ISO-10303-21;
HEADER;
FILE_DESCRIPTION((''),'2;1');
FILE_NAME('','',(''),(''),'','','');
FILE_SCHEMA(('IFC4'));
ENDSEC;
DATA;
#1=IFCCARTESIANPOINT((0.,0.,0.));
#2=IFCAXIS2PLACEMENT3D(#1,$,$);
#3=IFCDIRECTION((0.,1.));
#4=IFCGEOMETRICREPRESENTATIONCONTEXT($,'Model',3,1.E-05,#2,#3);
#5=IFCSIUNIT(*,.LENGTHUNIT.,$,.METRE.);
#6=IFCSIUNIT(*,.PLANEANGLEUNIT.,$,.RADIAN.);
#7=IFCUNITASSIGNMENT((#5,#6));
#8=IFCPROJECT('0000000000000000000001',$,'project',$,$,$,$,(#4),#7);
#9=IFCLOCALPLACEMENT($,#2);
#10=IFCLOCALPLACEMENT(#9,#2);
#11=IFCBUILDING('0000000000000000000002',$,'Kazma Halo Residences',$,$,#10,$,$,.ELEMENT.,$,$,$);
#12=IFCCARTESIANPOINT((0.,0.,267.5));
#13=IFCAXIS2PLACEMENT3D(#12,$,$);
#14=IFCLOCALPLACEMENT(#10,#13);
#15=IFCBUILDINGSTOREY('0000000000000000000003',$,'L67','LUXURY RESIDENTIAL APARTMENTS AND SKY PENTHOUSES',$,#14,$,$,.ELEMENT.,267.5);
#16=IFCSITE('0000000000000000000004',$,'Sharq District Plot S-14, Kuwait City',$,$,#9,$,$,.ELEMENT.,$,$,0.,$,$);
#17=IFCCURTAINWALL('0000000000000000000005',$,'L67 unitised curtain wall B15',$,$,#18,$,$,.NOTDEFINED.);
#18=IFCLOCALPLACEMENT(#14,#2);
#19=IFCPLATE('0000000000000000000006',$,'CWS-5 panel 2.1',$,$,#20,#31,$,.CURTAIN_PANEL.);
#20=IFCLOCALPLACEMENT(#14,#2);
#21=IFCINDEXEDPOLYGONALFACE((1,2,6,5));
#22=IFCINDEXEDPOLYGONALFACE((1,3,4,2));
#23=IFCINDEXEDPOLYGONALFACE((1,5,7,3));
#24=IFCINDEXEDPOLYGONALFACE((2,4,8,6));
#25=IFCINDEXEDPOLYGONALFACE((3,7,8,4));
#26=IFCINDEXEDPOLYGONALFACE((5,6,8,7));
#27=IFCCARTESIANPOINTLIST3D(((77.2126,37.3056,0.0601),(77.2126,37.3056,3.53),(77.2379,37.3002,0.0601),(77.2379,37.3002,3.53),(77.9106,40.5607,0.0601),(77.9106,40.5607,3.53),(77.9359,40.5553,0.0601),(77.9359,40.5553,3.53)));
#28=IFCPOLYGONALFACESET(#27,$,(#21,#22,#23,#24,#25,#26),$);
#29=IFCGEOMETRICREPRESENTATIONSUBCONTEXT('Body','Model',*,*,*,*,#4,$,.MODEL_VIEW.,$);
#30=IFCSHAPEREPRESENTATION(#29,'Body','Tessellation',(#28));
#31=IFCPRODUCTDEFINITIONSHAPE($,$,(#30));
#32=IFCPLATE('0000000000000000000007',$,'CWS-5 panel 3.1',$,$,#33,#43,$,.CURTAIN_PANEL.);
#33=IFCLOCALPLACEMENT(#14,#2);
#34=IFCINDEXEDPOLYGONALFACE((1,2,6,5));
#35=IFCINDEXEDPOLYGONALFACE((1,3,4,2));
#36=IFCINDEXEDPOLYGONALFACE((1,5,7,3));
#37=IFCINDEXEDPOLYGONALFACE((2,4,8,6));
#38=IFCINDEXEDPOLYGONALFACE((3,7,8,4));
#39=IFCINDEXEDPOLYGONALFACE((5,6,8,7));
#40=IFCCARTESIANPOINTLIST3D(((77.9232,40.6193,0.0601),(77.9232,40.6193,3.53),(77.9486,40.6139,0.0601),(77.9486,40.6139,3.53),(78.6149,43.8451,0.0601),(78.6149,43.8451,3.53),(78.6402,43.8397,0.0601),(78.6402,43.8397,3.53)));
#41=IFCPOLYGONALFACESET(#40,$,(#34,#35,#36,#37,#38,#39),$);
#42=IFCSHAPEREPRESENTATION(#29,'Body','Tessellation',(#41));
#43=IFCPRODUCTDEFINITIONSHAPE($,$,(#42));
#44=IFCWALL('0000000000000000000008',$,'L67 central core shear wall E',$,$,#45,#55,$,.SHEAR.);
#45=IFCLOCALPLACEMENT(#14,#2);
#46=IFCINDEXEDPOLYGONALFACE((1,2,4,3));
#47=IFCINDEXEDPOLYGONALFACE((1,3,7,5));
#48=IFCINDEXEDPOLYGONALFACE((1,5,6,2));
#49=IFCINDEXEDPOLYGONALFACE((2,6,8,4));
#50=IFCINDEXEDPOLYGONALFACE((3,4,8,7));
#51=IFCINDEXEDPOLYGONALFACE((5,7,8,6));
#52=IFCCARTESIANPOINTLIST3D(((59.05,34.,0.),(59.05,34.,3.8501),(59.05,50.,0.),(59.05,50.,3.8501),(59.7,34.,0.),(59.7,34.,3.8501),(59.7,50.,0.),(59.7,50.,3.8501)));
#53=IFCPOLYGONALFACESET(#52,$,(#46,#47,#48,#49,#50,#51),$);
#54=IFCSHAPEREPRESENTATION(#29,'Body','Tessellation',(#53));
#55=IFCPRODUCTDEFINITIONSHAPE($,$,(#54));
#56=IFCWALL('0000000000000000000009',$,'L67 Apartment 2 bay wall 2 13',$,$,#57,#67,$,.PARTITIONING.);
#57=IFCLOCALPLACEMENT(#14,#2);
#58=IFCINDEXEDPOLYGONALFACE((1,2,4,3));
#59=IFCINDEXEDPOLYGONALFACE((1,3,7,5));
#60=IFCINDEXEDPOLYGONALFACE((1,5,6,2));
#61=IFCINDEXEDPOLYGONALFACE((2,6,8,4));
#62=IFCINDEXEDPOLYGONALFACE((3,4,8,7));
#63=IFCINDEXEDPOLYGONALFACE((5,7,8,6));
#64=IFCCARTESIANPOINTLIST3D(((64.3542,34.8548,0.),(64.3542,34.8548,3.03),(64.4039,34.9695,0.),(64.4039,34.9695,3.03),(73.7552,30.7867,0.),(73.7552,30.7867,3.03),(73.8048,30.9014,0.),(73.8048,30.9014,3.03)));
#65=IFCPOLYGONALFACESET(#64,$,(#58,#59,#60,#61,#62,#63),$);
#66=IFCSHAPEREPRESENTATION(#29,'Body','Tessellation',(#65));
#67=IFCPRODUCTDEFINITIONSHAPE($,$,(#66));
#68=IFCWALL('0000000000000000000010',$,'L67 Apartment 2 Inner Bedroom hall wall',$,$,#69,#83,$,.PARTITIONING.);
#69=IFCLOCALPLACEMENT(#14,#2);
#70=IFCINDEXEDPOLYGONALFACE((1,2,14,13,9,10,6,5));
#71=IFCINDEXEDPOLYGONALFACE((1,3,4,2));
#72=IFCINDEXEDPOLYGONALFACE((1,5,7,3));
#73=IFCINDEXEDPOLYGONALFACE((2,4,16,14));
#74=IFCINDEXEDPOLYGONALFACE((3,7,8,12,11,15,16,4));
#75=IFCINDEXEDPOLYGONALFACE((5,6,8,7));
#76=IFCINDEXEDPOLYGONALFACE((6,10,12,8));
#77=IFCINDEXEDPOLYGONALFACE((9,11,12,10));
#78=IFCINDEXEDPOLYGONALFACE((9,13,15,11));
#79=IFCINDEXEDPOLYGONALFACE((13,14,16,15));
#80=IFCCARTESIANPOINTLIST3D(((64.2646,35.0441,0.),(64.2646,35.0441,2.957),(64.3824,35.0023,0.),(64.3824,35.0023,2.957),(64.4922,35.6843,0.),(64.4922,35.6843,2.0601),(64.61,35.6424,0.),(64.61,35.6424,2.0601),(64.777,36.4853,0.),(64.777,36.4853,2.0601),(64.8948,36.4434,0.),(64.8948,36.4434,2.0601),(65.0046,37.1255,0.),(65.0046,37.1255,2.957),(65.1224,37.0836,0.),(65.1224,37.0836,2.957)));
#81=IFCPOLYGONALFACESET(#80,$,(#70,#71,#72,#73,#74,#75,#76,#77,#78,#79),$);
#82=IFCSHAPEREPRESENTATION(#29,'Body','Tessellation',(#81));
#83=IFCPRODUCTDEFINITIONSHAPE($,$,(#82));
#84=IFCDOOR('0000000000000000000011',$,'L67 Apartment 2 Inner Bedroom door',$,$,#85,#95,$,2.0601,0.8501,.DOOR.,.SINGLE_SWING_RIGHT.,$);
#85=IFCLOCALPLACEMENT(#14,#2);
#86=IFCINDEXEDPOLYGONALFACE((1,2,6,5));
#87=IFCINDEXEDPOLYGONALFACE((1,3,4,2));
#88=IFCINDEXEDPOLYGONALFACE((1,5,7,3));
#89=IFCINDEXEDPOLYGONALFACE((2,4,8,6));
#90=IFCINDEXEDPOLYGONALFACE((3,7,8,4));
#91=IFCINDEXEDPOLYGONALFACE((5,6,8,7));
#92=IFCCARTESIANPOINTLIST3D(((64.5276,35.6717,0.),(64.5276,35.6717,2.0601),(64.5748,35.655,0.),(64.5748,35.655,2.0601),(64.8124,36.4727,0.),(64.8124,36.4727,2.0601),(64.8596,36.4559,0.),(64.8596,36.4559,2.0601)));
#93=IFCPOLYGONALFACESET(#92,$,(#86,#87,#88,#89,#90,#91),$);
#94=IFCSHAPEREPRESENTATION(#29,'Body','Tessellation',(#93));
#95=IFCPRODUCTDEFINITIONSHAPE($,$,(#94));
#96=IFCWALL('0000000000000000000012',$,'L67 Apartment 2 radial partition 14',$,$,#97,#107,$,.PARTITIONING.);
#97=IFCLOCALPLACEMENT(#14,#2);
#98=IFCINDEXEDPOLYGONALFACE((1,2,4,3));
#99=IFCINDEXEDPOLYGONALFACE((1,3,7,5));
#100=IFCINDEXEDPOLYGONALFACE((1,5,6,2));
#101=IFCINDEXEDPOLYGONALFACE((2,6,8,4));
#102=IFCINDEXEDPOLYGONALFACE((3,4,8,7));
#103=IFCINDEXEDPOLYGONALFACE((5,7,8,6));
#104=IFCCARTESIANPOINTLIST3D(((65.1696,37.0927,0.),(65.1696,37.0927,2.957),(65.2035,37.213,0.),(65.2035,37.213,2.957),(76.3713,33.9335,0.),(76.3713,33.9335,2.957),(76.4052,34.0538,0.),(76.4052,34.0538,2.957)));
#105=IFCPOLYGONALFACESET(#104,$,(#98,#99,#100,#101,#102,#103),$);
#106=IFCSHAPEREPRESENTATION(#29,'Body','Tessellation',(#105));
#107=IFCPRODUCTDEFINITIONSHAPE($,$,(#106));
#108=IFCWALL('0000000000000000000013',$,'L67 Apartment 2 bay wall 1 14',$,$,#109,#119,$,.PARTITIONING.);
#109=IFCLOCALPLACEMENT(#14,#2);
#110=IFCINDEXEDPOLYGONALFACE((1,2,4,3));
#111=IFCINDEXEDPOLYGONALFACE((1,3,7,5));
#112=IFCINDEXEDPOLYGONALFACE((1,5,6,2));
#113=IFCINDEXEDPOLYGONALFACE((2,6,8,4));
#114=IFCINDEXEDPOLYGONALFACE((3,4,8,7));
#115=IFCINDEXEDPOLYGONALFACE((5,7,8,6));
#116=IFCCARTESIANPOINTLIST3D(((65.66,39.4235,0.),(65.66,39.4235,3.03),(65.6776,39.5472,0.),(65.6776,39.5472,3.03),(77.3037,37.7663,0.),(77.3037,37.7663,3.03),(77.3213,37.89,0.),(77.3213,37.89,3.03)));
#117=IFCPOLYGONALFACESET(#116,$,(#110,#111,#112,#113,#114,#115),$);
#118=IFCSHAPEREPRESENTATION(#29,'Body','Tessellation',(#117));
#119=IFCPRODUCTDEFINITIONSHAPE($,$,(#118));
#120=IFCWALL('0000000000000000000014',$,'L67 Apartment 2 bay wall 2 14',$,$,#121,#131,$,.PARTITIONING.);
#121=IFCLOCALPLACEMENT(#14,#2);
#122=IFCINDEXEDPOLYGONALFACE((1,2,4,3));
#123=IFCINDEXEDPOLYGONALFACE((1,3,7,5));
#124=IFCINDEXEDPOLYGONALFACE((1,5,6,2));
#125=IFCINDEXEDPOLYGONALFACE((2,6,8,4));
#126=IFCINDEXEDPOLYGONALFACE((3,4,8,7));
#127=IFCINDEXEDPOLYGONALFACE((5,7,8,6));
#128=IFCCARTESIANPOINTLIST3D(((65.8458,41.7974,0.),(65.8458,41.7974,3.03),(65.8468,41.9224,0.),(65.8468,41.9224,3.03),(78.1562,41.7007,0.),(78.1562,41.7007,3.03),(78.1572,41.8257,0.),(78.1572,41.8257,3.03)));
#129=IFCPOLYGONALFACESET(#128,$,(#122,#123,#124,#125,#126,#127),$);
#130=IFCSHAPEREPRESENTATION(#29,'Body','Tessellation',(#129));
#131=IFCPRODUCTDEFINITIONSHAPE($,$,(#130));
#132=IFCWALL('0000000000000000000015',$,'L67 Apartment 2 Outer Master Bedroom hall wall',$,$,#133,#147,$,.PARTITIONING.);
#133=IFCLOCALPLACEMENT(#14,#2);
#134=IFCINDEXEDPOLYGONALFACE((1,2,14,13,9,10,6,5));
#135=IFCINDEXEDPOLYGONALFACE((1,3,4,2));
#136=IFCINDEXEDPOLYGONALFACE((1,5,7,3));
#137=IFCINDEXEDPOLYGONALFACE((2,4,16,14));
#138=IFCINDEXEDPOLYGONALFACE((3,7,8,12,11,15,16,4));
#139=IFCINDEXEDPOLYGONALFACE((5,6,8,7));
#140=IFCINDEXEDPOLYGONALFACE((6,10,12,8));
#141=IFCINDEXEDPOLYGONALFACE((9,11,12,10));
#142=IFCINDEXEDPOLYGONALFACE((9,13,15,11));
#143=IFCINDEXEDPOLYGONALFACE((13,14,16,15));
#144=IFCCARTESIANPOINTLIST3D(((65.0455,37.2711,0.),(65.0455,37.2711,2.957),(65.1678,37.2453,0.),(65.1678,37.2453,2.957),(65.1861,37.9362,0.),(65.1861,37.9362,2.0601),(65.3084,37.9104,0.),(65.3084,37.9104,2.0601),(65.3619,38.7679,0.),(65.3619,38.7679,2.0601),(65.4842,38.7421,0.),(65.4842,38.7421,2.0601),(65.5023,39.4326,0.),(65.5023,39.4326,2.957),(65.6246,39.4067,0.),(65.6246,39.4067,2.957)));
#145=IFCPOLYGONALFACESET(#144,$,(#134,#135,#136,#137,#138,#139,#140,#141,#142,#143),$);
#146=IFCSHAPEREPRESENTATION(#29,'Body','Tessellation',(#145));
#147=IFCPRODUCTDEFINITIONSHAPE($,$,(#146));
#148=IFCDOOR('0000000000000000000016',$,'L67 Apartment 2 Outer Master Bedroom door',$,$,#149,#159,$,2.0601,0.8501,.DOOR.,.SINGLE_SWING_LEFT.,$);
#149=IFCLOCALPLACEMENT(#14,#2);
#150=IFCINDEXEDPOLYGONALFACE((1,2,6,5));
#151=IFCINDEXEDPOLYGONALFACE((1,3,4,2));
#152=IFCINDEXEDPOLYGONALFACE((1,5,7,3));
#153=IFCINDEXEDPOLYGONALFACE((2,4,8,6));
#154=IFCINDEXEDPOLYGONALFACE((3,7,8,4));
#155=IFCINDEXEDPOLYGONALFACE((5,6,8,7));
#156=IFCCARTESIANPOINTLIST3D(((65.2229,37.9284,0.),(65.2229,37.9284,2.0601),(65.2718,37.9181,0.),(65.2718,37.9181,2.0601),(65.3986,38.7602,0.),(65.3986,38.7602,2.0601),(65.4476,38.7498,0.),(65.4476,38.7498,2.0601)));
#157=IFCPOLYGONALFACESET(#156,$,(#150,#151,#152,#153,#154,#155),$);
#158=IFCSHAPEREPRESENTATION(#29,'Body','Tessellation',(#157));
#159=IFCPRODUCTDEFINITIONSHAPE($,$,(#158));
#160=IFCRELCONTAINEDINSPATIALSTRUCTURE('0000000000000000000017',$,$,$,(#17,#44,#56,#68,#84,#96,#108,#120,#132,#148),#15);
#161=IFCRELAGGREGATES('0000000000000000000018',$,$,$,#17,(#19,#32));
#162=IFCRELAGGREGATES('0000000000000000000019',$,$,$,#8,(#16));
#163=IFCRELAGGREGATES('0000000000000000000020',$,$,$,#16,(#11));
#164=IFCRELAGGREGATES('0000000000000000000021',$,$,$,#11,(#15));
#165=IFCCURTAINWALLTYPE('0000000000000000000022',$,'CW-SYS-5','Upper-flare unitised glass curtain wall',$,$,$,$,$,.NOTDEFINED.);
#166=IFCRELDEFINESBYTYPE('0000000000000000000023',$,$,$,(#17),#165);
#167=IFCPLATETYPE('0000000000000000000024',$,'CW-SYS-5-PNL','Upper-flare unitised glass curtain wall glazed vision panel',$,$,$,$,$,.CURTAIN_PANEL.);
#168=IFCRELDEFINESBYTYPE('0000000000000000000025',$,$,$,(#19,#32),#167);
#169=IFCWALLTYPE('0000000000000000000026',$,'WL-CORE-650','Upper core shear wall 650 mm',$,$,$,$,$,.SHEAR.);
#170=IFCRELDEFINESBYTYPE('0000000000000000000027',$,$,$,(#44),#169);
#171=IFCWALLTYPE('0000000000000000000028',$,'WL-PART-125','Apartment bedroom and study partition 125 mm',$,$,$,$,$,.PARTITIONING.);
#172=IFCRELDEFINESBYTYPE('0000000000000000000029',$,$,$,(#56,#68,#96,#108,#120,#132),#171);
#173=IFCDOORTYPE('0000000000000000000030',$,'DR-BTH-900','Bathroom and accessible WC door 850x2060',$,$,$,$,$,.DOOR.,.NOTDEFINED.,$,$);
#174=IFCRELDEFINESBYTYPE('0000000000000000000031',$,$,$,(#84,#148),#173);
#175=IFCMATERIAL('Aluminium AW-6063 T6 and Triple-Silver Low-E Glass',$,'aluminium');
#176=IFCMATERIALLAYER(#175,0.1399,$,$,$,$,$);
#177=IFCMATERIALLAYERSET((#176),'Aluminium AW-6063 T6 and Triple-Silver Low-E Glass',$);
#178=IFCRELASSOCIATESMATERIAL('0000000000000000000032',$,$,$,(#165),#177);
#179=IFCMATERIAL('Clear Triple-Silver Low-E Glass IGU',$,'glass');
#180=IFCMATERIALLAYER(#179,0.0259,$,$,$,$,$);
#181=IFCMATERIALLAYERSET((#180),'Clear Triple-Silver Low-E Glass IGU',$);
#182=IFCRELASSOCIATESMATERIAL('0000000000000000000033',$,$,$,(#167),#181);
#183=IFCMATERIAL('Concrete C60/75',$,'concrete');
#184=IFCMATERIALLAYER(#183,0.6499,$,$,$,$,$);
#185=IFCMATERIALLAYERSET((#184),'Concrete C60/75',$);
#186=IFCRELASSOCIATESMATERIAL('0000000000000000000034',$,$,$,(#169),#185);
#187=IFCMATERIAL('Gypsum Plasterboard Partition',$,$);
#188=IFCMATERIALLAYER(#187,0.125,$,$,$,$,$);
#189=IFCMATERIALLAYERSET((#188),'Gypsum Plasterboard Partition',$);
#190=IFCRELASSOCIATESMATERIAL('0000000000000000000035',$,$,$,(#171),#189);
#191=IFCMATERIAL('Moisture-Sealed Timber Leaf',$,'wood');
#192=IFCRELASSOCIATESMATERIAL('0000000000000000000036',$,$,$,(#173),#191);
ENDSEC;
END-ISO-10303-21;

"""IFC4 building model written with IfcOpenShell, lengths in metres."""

from ifc_helpers import new_model, si_unit, direction, frame, frame_2d, origin, origin_2d, place, context, subcontext, project, spatial, rectangle, extrude, material, layer, layer_set, type_object, element, fill, aggregate, save


model = new_model("IFC4")

# Units and contexts
model_context = context("Model", 3, precision=1e-05, world=origin(), true_north=direction((0.0, 1.0)))
body_context = subcontext(model_context, "Body", "Model", "MODEL_VIEW")
ifc_project = project(units=[si_unit("LENGTHUNIT", "METRE"), si_unit("PLANEANGLEUNIT", "RADIAN")], contexts=[model_context])

# Site, building, storey
site_placement = place(None, origin())
site = spatial("IfcSite", under=ifc_project, at=site_placement, Name="Sharq District Plot S-14, Kuwait City", CompositionType="ELEMENT", RefElevation=0.0)
building_placement = place(site_placement, origin())
building = spatial("IfcBuilding", under=site, at=building_placement, Name="Kazma Halo Residences", CompositionType="ELEMENT")
storey_placement = place(building_placement, frame((0.0, 0.0, 267.5)))
storey = spatial("IfcBuildingStorey", under=building, at=storey_placement, Name="L67", Description="LUXURY RESIDENTIAL APARTMENTS AND SKY PENTHOUSES", CompositionType="ELEMENT", Elevation=267.5)

# Shared definitions
ifc_material_1 = material(Name="Concrete C60/75", Category="concrete")

# Curtain wall, plates
ifc_material_2 = material(Name="Aluminium AW-6063 T6 and Triple-Silver Low-E Glass", Category="aluminium")
ifc_layer_1 = layer(ifc_material_2, 0.1399)
ifc_layer_set_1 = layer_set([ifc_layer_1], Name="Aluminium AW-6063 T6 and Triple-Silver Low-E Glass")
curtain_wall_type = type_object("IfcCurtainWallType", Name="CW-SYS-5", Description="Upper-flare unitised glass curtain wall", PredefinedType="NOTDEFINED", material=ifc_layer_set_1)
curtain_wall_placement = place(storey_placement, origin())
curtain_wall = element("IfcCurtainWall", 1, at=curtain_wall_placement, inside=storey, type_object=curtain_wall_type, Name="L67 unitised curtain wall B15", PredefinedType="NOTDEFINED")
ifc_material_3 = material(Name="Clear Triple-Silver Low-E Glass IGU", Category="glass")
ifc_layer_2 = layer(ifc_material_3, 0.0259)
ifc_layer_set_2 = layer_set([ifc_layer_2], Name="Clear Triple-Silver Low-E Glass IGU")
plate_type = type_object("IfcPlateType", Name="CW-SYS-5-PNL", Description="Upper-flare unitised glass curtain wall glazed vision panel", PredefinedType="CURTAIN_PANEL", material=ifc_layer_set_2)
plate_1_placement = place(storey_placement, frame((77.5742, 38.9304, 0.0601), z_axis=(0.0, 0.0, 1.0), x_axis=(0.209657, 0.977775, 0.0)))
plate_1 = element("IfcPlate", 2, at=plate_1_placement, type_object=plate_type, Name="CWS-5 panel 2.1", PredefinedType="CURTAIN_PANEL", context=body_context, shape_type="SweptSolid", body=[
    extrude(rectangle(XDim=3.3291, YDim=0.0259, at=origin_2d()), origin(), (0.0, 0.0, 1.0), 3.47),
])
plate_2_placement = place(storey_placement, frame((78.2817, 42.2295, 0.0601), z_axis=(0.0, 0.0, 1.0), x_axis=(0.209657, 0.977775, 0.0)))
plate_2 = element("IfcPlate", 3, at=plate_2_placement, type_object=plate_type, Name="CWS-5 panel 3.1", PredefinedType="CURTAIN_PANEL", context=body_context, shape_type="SweptSolid", body=[
    extrude(rectangle(XDim=3.2991, YDim=0.0259, at=origin_2d()), origin(), (0.0, 0.0, 1.0), 3.47),
])
aggregate(curtain_wall, [plate_1, plate_2])

# Walls
ifc_layer_3 = layer(ifc_material_1, 0.6499)
ifc_layer_set_3 = layer_set([ifc_layer_3], Name="Concrete C60/75")
wall_type_1 = type_object("IfcWallType", Name="WL-CORE-650", Description="Upper core shear wall 650 mm", PredefinedType="SHEAR", material=ifc_layer_set_3)
wall_1_placement = place(storey_placement, frame((59.375, 34.0, 0.0), z_axis=(0.0, 0.0, 1.0), x_axis=(0.0, 1.0, 0.0)))
element("IfcWall", 4, at=wall_1_placement, inside=storey, type_object=wall_type_1, Name="L67 central core shear wall E", PredefinedType="SHEAR", context=body_context, shape_type="SweptSolid", body=[
    extrude(rectangle(XDim=16.0, YDim=0.6499, at=frame_2d((8.0, 0.0))), origin(), (0.0, 0.0, 1.0), 3.8501),
])
ifc_material_4 = material(Name="Gypsum Plasterboard Partition")
ifc_layer_4 = layer(ifc_material_4, 0.125)
ifc_layer_set_4 = layer_set([ifc_layer_4], Name="Gypsum Plasterboard Partition")
wall_type_2 = type_object("IfcWallType", Name="WL-PART-125", Description="Apartment bedroom and study partition 125 mm", PredefinedType="PARTITIONING", material=ifc_layer_set_4)
wall_2_placement = place(storey_placement, frame((64.3792, 34.9121, 0.0), z_axis=(0.0, 0.0, 1.0), x_axis=(0.917755, -0.397147, 0.0)))
element("IfcWall", 5, at=wall_2_placement, inside=storey, type_object=wall_type_2, Name="L67 Apartment 2 bay wall 2 13", PredefinedType="PARTITIONING", context=body_context, shape_type="SweptSolid", body=[
    extrude(rectangle(XDim=10.2434, YDim=0.125, at=frame_2d((5.1216, 0.0))), origin(), (0.0, 0.0, 1.0), 3.03),
])

# Wall, opening, door
wall_3_placement = place(storey_placement, frame((64.3235, 35.0232, 0.0), z_axis=(0.0, 0.0, 1.0), x_axis=(0.334999, 0.942219, 0.0)))
wall_3 = element("IfcWall", 6, at=wall_3_placement, inside=storey, type_object=wall_type_2, Name="L67 Apartment 2 Inner Bedroom hall wall", PredefinedType="PARTITIONING", context=body_context, shape_type="SweptSolid", body=[
    extrude(rectangle(XDim=2.209, YDim=0.125, at=frame_2d((1.1045, 0.0))), origin(), (0.0, 0.0, 1.0), 2.957),
])
opening_1_placement = place(wall_3_placement, frame((0.6794, 0.0, 0.0)))
opening_1 = element("IfcOpeningElement", 7, at=opening_1_placement, cuts=wall_3, PredefinedType="OPENING", context=body_context, shape_type="SweptSolid", body=[
    extrude(rectangle(XDim=0.8501, YDim=2.0601, at=frame_2d((0.425, 1.03))), frame((0.0, 0.0725, 0.0), z_axis=(0.0, -1.0, 0.0), x_axis=(1.0, 0.0, 0.0)), (0.0, 0.0, 1.0), 0.145),
])
ifc_material_5 = material(Name="Moisture-Sealed Timber Leaf", Category="wood")
door_type = type_object("IfcDoorType", Name="DR-BTH-900", Description="Bathroom and accessible WC door 850x2060", OperationType="NOTDEFINED", PredefinedType="DOOR", material=ifc_material_5)
door_1_placement = place(opening_1_placement, origin())
door_1 = element("IfcDoor", 8, at=door_1_placement, inside=storey, type_object=door_type, Name="L67 Apartment 2 Inner Bedroom door", OperationType="SINGLE_SWING_RIGHT", OverallHeight=2.0601, OverallWidth=0.8501, PredefinedType="DOOR", context=body_context, shape_type="SweptSolid", body=[
    extrude(rectangle(XDim=0.8501, YDim=2.0601, at=frame_2d((0.425, 1.03))), frame((0.0, 0.0249, 0.0), z_axis=(0.0, -1.0, 0.0), x_axis=(1.0, 0.0, 0.0)), (0.0, 0.0, 1.0), 0.05),
])
fill(opening_1, door_1)

# Walls
wall_4_placement = place(storey_placement, frame((65.1865, 37.1528, 0.0), z_axis=(0.0, 0.0, 1.0), x_axis=(0.962456, -0.271439, 0.0)))
element("IfcWall", 9, at=wall_4_placement, inside=storey, type_object=wall_type_2, Name="L67 Apartment 2 radial partition 14", PredefinedType="PARTITIONING", context=body_context, shape_type="SweptSolid", body=[
    extrude(rectangle(XDim=11.6387, YDim=0.125, at=frame_2d((5.8193, 0.0))), origin(), (0.0, 0.0, 1.0), 2.957),
])
wall_5_placement = place(storey_placement, frame((65.6689, 39.4854, 0.0), z_axis=(0.0, 0.0, 1.0), x_axis=(0.990022, -0.14091, 0.0)))
element("IfcWall", 10, at=wall_5_placement, inside=storey, type_object=wall_type_2, Name="L67 Apartment 2 bay wall 1 14", PredefinedType="PARTITIONING", context=body_context, shape_type="SweptSolid", body=[
    extrude(rectangle(XDim=11.761, YDim=0.125, at=frame_2d((5.8804, 0.0))), origin(), (0.0, 0.0, 1.0), 3.03),
])
wall_6_placement = place(storey_placement, frame((65.8464, 41.8599, 0.0), z_axis=(0.0, 0.0, 1.0), x_axis=(0.999969, -0.007853, 0.0)))
element("IfcWall", 11, at=wall_6_placement, inside=storey, type_object=wall_type_2, Name="L67 Apartment 2 bay wall 2 14", PredefinedType="PARTITIONING", context=body_context, shape_type="SweptSolid", body=[
    extrude(rectangle(XDim=12.3108, YDim=0.125, at=frame_2d((6.1553, 0.0))), origin(), (0.0, 0.0, 1.0), 3.03),
])

# Wall, opening, door
wall_7_placement = place(storey_placement, frame((65.1067, 37.2583, 0.0), z_axis=(0.0, 0.0, 1.0), x_axis=(0.206773, 0.978389, 0.0)))
wall_7 = element("IfcWall", 12, at=wall_7_placement, inside=storey, type_object=wall_type_2, Name="L67 Apartment 2 Outer Master Bedroom hall wall", PredefinedType="PARTITIONING", context=body_context, shape_type="SweptSolid", body=[
    extrude(rectangle(XDim=2.2092, YDim=0.125, at=frame_2d((1.1045, 0.0))), origin(), (0.0, 0.0, 1.0), 2.957),
])
opening_2_placement = place(wall_7_placement, frame((0.6797, 0.0, 0.0)))
opening_2 = element("IfcOpeningElement", 13, at=opening_2_placement, cuts=wall_7, PredefinedType="OPENING", context=body_context, shape_type="SweptSolid", body=[
    extrude(rectangle(XDim=0.8501, YDim=2.0601, at=frame_2d((0.425, 1.03))), frame((0.0, 0.0725, 0.0), z_axis=(0.0, -1.0, 0.0), x_axis=(1.0, 0.0, 0.0)), (0.0, 0.0, 1.0), 0.145),
])
door_2_placement = place(opening_2_placement, origin())
door_2 = element("IfcDoor", 14, at=door_2_placement, inside=storey, type_object=door_type, Name="L67 Apartment 2 Outer Master Bedroom door", OperationType="SINGLE_SWING_LEFT", OverallHeight=2.0601, OverallWidth=0.8501, PredefinedType="DOOR", context=body_context, shape_type="SweptSolid", body=[
    extrude(rectangle(XDim=0.8501, YDim=2.0601, at=frame_2d((0.425, 1.03))), frame((0.0, 0.0249, 0.0), z_axis=(0.0, -1.0, 0.0), x_axis=(1.0, 0.0, 0.0)), (0.0, 0.0, 1.0), 0.05),
])
fill(opening_2, door_2)

save(model, "model.ifc")
